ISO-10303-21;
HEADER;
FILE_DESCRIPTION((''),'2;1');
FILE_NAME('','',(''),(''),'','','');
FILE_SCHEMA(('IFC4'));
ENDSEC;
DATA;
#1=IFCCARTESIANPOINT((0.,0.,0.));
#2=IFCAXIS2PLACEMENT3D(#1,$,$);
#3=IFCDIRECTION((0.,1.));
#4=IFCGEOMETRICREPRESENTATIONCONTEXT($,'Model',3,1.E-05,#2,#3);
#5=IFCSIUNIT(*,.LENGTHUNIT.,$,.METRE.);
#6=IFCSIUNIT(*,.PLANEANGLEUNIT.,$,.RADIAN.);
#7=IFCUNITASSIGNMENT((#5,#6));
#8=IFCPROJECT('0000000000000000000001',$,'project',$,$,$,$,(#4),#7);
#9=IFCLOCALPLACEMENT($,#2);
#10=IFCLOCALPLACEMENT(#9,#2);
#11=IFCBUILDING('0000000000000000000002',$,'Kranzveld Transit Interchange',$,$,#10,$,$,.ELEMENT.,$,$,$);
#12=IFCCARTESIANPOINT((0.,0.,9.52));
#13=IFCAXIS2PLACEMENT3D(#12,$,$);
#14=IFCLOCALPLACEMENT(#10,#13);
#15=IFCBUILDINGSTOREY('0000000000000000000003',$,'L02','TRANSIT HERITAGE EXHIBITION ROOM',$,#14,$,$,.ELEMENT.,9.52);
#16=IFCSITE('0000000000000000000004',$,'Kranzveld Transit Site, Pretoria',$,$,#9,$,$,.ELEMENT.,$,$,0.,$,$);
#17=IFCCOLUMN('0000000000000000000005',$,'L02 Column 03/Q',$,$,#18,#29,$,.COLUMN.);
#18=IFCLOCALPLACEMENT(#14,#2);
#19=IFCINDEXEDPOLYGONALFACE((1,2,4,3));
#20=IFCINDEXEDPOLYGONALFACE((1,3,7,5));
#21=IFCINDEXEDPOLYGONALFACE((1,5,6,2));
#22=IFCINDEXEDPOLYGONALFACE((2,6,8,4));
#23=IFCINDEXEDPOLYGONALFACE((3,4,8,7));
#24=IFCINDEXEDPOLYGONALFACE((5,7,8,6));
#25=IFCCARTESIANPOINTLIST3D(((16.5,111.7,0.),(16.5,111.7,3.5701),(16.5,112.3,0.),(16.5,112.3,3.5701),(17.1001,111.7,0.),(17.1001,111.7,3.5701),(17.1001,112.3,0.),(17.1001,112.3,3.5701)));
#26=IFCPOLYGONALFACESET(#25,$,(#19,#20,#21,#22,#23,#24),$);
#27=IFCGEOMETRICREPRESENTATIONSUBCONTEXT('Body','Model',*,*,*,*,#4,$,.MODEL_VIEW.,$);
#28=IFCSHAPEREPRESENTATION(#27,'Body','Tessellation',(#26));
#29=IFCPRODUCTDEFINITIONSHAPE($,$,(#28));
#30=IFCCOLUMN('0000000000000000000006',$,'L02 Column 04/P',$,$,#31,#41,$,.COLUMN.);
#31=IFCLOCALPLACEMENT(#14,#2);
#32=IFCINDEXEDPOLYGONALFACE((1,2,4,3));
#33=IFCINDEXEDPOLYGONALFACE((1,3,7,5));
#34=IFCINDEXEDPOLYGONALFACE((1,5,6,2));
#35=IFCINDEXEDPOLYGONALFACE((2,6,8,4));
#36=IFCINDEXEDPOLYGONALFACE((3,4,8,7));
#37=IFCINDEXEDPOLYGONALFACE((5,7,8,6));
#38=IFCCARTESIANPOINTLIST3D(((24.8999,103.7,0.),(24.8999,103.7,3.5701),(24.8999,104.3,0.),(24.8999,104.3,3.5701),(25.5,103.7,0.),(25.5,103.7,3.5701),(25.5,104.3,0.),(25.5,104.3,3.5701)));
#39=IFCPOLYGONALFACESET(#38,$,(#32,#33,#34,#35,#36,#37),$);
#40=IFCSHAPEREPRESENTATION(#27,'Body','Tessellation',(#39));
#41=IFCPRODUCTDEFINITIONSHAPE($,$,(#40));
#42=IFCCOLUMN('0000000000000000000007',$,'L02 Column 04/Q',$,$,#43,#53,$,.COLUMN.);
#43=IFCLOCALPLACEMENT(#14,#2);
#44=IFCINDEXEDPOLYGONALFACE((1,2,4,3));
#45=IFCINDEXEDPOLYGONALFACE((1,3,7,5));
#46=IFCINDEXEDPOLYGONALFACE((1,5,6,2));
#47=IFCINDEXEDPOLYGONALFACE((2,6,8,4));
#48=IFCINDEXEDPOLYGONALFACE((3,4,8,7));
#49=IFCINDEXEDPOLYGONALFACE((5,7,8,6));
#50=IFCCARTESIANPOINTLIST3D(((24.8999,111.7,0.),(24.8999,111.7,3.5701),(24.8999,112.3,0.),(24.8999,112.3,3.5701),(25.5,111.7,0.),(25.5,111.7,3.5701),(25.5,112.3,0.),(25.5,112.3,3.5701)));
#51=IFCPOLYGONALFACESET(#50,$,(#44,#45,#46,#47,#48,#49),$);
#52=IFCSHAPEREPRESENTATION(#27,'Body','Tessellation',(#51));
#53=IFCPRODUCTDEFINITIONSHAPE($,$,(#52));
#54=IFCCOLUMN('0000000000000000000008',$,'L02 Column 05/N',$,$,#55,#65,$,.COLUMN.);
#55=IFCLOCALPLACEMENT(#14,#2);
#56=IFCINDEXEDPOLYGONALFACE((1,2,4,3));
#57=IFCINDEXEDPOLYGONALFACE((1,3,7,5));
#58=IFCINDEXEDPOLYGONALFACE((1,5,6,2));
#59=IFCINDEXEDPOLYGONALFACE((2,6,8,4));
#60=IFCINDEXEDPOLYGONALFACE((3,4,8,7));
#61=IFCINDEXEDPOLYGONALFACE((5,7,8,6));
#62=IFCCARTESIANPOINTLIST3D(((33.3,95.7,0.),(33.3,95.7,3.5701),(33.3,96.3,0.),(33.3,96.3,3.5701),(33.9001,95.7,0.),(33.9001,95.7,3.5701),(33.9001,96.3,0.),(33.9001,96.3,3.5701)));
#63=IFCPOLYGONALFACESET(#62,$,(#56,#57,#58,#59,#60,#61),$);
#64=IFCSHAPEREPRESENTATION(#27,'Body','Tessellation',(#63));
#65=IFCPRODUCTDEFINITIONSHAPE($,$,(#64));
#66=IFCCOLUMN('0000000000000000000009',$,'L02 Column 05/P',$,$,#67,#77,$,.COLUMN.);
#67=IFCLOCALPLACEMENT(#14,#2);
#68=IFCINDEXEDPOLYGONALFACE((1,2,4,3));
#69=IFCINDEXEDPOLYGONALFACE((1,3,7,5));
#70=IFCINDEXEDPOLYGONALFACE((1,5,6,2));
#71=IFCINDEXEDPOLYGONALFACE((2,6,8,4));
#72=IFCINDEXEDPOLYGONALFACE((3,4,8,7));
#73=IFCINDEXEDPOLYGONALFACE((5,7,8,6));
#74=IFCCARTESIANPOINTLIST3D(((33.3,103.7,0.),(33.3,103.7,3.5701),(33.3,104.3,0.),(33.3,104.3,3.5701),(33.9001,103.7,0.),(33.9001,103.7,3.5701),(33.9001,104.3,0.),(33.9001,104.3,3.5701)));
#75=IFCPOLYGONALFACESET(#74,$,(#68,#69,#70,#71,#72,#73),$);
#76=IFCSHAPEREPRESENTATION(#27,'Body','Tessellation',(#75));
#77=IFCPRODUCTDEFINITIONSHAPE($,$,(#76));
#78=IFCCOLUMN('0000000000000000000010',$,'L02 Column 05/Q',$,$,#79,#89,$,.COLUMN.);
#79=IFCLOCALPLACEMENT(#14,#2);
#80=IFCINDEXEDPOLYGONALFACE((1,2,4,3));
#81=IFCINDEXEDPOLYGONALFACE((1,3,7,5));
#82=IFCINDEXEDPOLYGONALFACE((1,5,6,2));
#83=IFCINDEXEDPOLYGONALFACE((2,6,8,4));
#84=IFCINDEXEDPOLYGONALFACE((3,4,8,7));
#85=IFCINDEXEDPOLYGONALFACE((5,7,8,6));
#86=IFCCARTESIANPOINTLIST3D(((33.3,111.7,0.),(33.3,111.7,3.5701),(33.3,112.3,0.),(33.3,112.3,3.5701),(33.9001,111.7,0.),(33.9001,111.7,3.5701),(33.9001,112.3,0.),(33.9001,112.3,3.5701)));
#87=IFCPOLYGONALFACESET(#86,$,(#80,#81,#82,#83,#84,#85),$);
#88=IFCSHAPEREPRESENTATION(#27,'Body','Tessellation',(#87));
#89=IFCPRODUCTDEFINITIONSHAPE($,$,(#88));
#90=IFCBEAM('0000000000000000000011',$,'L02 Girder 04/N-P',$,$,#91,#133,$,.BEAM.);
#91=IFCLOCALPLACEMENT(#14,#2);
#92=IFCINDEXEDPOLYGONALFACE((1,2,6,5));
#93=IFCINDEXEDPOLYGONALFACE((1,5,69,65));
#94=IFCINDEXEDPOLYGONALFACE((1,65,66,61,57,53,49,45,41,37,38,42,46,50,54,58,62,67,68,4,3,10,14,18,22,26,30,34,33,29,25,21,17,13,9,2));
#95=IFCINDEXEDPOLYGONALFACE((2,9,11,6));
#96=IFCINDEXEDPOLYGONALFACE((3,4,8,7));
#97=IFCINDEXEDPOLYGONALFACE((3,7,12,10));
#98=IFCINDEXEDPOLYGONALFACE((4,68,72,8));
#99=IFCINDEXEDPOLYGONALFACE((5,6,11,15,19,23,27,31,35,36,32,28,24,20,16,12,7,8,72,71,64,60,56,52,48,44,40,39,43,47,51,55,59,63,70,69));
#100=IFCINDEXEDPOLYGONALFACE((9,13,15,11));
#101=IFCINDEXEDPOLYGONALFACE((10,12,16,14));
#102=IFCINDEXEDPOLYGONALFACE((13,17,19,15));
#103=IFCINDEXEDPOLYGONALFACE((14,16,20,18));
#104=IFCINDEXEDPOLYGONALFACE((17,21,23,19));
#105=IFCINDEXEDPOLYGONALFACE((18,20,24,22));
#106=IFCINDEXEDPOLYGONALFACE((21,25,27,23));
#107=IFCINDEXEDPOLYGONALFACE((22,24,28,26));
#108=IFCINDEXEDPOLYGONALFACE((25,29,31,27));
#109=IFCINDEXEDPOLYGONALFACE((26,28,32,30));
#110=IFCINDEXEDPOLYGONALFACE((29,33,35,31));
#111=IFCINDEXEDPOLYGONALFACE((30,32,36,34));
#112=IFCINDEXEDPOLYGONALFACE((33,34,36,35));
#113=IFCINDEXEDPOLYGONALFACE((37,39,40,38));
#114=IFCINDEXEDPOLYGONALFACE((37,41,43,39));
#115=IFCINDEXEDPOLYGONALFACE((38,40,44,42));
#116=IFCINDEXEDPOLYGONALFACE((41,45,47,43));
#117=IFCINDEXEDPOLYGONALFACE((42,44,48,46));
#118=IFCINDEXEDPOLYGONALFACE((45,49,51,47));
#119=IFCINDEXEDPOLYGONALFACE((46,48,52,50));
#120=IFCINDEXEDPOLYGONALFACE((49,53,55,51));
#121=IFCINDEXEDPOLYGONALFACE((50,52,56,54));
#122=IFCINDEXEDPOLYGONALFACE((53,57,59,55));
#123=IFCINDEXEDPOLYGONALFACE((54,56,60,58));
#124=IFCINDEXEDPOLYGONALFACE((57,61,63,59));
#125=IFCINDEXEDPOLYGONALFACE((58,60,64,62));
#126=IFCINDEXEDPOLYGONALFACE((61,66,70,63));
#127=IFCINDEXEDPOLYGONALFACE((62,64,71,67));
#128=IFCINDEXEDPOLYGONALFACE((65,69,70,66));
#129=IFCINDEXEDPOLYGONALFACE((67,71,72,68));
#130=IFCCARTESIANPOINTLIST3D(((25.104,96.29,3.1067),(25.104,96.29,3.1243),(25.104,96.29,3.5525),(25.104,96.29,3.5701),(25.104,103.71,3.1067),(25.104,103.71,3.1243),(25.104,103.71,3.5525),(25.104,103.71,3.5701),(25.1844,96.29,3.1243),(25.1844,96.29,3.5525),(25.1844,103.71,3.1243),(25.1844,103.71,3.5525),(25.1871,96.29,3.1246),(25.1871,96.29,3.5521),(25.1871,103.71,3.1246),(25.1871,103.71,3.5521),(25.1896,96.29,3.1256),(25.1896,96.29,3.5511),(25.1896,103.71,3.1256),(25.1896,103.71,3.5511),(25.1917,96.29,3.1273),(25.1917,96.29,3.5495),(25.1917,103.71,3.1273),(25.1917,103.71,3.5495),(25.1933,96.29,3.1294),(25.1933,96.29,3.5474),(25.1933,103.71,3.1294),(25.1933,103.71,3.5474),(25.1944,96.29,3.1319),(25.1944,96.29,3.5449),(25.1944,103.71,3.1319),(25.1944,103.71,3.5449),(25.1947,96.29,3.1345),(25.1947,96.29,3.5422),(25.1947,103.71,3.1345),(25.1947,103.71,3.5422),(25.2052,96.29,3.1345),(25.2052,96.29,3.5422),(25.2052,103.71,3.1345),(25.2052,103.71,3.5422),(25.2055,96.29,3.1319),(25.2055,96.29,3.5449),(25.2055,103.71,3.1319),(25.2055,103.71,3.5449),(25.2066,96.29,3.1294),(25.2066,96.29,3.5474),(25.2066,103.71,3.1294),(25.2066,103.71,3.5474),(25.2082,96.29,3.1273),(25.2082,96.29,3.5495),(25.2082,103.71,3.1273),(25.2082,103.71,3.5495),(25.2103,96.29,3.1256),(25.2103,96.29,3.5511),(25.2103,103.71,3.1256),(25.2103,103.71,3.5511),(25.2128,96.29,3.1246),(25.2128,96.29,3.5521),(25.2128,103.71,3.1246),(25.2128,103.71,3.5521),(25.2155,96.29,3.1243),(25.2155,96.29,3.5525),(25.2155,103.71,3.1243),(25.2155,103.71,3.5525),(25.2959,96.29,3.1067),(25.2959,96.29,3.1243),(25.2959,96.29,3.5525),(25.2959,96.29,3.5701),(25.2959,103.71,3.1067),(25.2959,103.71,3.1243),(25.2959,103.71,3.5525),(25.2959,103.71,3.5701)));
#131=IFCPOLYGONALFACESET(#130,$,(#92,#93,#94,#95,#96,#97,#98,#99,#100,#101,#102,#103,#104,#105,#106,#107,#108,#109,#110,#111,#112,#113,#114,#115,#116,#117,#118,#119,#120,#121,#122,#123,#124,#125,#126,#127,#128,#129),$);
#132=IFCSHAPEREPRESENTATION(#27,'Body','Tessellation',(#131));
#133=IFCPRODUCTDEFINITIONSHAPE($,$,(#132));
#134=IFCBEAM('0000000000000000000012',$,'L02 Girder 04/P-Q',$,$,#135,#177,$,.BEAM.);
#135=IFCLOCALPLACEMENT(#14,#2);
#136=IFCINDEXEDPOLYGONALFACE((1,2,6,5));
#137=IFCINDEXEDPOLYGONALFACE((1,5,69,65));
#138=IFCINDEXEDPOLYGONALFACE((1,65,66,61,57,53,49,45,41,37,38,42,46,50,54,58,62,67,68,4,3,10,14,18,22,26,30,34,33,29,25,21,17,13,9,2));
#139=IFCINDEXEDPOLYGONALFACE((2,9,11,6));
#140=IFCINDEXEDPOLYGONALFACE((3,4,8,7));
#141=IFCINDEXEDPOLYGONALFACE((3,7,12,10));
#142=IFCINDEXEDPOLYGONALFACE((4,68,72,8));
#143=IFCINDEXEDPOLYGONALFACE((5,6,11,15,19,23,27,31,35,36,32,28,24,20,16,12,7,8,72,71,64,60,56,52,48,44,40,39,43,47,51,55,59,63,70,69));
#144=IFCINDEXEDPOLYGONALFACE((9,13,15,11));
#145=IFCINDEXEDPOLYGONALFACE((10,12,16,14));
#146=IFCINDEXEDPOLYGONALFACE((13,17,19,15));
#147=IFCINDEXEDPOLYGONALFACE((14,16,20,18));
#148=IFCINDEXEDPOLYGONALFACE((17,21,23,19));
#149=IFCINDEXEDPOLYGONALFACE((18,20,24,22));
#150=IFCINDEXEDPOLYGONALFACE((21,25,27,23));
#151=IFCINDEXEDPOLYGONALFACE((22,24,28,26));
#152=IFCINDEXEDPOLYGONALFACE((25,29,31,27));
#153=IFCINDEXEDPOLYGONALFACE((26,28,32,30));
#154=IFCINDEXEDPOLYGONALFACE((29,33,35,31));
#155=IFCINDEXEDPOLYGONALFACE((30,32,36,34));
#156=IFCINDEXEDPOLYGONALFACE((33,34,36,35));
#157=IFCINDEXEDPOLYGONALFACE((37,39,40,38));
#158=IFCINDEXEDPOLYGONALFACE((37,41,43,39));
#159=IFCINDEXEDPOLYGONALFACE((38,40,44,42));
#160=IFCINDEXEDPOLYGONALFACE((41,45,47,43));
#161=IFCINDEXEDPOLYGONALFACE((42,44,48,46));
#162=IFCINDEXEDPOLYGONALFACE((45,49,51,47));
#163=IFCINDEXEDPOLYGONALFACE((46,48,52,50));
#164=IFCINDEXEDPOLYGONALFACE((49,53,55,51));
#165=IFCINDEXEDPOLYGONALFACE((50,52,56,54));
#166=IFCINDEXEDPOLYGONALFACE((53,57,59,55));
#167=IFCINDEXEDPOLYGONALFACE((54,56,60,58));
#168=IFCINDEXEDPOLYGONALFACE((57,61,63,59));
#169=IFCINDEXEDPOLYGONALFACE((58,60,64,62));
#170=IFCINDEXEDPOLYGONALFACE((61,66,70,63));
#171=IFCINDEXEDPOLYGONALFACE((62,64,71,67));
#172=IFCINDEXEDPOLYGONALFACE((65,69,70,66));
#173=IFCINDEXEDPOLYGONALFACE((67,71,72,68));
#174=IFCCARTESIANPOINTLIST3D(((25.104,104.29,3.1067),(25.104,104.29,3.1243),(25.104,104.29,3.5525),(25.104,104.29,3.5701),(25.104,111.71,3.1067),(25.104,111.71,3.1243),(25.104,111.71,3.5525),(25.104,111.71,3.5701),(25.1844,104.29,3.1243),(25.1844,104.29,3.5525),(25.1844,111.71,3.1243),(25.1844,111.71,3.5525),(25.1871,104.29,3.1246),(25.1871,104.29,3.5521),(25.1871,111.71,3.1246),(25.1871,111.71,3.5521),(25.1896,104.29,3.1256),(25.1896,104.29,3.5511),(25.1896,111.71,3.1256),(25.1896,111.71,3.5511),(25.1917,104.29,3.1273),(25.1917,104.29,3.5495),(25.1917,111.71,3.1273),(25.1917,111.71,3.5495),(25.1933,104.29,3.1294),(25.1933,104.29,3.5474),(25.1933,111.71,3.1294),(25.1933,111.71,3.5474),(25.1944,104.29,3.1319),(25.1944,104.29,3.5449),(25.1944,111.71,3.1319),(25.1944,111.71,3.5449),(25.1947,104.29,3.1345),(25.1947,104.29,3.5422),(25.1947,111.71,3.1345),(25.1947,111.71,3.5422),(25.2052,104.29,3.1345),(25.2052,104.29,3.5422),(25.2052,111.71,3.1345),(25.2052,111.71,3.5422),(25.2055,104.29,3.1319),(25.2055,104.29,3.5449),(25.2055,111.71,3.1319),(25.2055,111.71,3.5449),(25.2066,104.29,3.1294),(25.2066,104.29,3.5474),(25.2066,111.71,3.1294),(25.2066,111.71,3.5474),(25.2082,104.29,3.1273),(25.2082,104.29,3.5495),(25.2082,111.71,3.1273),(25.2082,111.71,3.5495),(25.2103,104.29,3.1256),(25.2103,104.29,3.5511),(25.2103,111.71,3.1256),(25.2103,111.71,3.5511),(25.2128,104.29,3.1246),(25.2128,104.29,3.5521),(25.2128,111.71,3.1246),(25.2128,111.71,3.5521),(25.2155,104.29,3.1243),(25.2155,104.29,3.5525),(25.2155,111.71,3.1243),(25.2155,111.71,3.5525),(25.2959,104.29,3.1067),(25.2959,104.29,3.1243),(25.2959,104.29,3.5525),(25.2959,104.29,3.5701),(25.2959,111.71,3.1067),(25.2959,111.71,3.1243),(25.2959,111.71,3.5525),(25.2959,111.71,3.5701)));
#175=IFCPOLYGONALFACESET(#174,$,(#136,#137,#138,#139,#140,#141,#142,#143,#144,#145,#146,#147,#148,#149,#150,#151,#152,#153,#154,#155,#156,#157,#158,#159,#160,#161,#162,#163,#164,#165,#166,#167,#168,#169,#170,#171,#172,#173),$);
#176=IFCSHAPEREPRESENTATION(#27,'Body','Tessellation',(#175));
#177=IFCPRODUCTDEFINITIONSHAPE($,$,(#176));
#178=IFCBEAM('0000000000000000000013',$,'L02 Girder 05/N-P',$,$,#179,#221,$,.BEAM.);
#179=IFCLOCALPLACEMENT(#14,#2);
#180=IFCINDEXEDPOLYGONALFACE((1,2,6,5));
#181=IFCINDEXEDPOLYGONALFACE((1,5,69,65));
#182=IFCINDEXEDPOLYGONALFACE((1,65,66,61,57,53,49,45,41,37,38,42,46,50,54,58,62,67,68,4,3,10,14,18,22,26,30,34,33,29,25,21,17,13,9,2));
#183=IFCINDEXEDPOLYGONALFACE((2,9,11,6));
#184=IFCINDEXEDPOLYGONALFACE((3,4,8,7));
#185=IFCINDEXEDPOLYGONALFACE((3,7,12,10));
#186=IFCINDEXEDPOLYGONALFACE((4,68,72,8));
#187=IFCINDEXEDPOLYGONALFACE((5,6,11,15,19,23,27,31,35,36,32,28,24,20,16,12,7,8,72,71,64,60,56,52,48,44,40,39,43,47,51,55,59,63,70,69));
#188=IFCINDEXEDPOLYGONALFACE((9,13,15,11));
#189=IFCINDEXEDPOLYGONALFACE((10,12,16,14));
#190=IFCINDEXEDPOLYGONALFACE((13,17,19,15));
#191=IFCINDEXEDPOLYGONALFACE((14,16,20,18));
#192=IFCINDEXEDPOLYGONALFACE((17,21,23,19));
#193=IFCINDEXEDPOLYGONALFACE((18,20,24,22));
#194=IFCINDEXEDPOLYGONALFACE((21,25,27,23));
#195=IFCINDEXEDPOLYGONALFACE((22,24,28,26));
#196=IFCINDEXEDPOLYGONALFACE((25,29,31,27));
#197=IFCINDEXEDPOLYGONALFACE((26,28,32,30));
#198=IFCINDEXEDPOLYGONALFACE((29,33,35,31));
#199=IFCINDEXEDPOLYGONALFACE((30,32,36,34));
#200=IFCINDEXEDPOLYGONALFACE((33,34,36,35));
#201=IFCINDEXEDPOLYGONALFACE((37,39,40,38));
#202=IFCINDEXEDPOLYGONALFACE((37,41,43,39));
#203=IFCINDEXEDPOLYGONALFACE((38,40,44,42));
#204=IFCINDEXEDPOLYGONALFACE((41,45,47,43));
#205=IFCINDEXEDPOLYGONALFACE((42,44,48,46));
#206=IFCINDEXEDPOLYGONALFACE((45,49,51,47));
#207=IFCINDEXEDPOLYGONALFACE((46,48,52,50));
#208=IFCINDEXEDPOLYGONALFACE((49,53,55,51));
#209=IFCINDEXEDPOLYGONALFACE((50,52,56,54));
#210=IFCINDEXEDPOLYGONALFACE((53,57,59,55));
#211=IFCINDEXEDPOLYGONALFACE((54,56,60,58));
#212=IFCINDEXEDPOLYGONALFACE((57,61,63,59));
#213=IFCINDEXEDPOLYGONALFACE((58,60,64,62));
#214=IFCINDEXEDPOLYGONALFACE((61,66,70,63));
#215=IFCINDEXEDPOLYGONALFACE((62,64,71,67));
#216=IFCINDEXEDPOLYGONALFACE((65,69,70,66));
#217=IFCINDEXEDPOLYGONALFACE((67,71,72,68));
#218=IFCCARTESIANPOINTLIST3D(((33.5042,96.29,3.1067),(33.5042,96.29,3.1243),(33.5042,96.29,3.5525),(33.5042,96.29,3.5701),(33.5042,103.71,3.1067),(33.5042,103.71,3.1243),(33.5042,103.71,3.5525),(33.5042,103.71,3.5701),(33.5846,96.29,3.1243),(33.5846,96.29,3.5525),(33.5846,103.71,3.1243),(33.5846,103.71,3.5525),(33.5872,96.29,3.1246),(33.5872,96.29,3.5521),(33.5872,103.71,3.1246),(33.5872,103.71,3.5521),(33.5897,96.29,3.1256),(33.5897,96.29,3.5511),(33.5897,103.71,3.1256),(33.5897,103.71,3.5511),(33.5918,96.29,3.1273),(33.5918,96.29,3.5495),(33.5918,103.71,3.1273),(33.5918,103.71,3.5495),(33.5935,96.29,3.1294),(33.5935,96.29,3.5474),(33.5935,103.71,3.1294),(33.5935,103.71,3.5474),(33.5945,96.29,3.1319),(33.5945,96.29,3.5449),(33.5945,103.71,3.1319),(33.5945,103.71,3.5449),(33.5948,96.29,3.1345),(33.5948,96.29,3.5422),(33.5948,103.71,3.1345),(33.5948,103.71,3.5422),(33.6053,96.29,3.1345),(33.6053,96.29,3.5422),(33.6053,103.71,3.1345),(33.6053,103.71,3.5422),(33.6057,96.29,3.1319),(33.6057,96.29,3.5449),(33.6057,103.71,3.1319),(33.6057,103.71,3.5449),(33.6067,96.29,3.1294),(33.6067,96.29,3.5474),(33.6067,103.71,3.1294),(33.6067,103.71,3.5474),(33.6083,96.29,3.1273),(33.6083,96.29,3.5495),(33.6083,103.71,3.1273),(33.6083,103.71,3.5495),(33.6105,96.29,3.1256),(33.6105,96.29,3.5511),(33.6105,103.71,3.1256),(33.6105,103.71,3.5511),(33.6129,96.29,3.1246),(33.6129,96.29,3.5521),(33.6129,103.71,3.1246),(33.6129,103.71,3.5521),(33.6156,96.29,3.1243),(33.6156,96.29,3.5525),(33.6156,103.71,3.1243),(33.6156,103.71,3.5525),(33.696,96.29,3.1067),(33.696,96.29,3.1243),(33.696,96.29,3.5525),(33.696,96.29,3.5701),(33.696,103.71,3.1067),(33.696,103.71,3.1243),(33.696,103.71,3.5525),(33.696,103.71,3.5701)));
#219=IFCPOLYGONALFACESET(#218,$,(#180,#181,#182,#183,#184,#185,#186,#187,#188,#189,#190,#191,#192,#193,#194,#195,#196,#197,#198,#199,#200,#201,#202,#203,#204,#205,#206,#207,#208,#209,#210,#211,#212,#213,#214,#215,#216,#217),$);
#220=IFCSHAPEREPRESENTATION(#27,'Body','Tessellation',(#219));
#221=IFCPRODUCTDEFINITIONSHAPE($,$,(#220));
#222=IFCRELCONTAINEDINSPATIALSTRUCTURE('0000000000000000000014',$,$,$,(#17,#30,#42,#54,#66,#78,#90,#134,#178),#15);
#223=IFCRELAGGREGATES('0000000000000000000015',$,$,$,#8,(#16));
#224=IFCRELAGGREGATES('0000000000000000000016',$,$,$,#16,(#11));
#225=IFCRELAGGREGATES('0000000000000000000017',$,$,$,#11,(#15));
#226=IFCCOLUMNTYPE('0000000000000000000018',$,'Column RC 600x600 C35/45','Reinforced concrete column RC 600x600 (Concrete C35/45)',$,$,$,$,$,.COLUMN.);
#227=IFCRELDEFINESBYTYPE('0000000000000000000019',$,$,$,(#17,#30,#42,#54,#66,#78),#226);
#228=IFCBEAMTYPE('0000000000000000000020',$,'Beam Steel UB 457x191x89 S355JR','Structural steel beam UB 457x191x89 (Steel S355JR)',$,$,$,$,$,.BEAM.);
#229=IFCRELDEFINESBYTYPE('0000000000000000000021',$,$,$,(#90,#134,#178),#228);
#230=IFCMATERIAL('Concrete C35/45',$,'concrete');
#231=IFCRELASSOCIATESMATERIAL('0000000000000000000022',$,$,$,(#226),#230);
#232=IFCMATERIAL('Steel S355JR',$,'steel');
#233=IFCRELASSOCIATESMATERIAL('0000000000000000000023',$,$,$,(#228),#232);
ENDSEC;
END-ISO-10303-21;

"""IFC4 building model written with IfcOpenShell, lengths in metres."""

from ifc_helpers import new_model, si_unit, direction, frame, origin, origin_2d, place, context, subcontext, project, spatial, rectangle, i_section, extrude, material, material_profile, profile_set, type_object, element, save


model = new_model("IFC4")

# Units and contexts
model_context = context("Model", 3, precision=1e-05, world=origin(), true_north=direction((0.0, 1.0)))
body_context = subcontext(model_context, "Body", "Model", "MODEL_VIEW")
ifc_project = project(units=[si_unit("LENGTHUNIT", "METRE"), si_unit("PLANEANGLEUNIT", "RADIAN")], contexts=[model_context])

# Site, building, storey
site_placement = place(None, origin())
site = spatial("IfcSite", under=ifc_project, at=site_placement, Name="Kranzveld Transit Site, Pretoria", CompositionType="ELEMENT", RefElevation=0.0)
building_placement = place(site_placement, origin())
building = spatial("IfcBuilding", under=site, at=building_placement, Name="Kranzveld Transit Interchange", CompositionType="ELEMENT")
storey_placement = place(building_placement, frame((0.0, 0.0, 9.52)))
storey = spatial("IfcBuildingStorey", under=building, at=storey_placement, Name="L02", Description="TRANSIT HERITAGE EXHIBITION ROOM", CompositionType="ELEMENT", Elevation=9.52)

# Columns
ifc_material_1 = material(Name="Concrete C35/45", Category="concrete")
ifc_material_profile_1 = material_profile(ifc_material_1, rectangle(XDim=0.6001, YDim=0.6001, at=origin_2d()), Name="RC 600x600")
ifc_profile_set_1 = profile_set([ifc_material_profile_1], Name="Concrete C35/45")
column_type = type_object("IfcColumnType", Name="Column RC 600x600 C35/45", Description="Reinforced concrete column RC 600x600 (Concrete C35/45)", PredefinedType="COLUMN", material=ifc_profile_set_1)
for number, where, z_axis, x_axis, name in (
    (1, (16.8, 112.0, 0.0), (0.0, 0.0, 1.0), (1.0, 0.0, 0.0), "L02 Column 03/Q"),
    (2, (25.2, 104.0, 0.0), (0.0, 0.0, 1.0), (1.0, 0.0, 0.0), "L02 Column 04/P"),
    (3, (25.2, 112.0, 0.0), (0.0, 0.0, 1.0), (1.0, 0.0, 0.0), "L02 Column 04/Q"),
    (4, (33.6001, 96.0, 0.0), (0.0, 0.0, 1.0), (1.0, 0.0, 0.0), "L02 Column 05/N"),
    (5, (33.6001, 104.0, 0.0), (0.0, 0.0, 1.0), (1.0, 0.0, 0.0), "L02 Column 05/P"),
    (6, (33.6001, 112.0, 0.0), (0.0, 0.0, 1.0), (1.0, 0.0, 0.0), "L02 Column 05/Q"),
):
    element("IfcColumn", number, at=place(storey_placement, frame(where, z_axis=z_axis, x_axis=x_axis)), inside=storey, type_object=column_type, Name=name, PredefinedType="COLUMN", context=body_context, shape_type="SweptSolid", body=[
        extrude(rectangle(XDim=0.6001, YDim=0.6001, at=origin_2d()), origin(), (0.0, 0.0, 1.0), 3.5701),
    ])

# Beams
ifc_material_2 = material(Name="Steel S355JR", Category="steel")
ifc_material_profile_2 = material_profile(ifc_material_2, i_section(OverallWidth=0.1919, OverallDepth=0.4634, WebThickness=0.0105, FlangeThickness=0.0176, FilletRadius=0.0103, at=origin_2d()), Name="UB 457x191x89")
ifc_profile_set_2 = profile_set([ifc_material_profile_2], Name="Steel S355JR")
beam_type_1 = type_object("IfcBeamType", Name="Beam Steel UB 457x191x89 S355JR", Description="Structural steel beam UB 457x191x89 (Steel S355JR)", PredefinedType="BEAM", material=ifc_profile_set_2)
for number, where, z_axis, x_axis, name in (
    (7, (25.2, 96.29, 3.3384), (0.0, 1.0, 0.0), (-1.0, 0.0, 0.0), "L02 Girder 04/N-P"),
    (8, (25.2, 104.29, 3.3384), (0.0, 1.0, 0.0), (-1.0, 0.0, 0.0), "L02 Girder 04/P-Q"),
    (9, (33.6001, 96.29, 3.3384), (0.0, 1.0, 0.0), (-1.0, 0.0, 0.0), "L02 Girder 05/N-P"),
):
    element("IfcBeam", number, at=place(storey_placement, frame(where, z_axis=z_axis, x_axis=x_axis)), inside=storey, type_object=beam_type_1, Name=name, PredefinedType="BEAM", context=body_context, shape_type="SweptSolid", body=[
        extrude(i_section(OverallWidth=0.1919, OverallDepth=0.4634, WebThickness=0.0105, FlangeThickness=0.0176, FilletRadius=0.0103, at=origin_2d()), origin(), (0.0, 0.0, 1.0), 7.4199),
    ])

save(model, "model.ifc")
